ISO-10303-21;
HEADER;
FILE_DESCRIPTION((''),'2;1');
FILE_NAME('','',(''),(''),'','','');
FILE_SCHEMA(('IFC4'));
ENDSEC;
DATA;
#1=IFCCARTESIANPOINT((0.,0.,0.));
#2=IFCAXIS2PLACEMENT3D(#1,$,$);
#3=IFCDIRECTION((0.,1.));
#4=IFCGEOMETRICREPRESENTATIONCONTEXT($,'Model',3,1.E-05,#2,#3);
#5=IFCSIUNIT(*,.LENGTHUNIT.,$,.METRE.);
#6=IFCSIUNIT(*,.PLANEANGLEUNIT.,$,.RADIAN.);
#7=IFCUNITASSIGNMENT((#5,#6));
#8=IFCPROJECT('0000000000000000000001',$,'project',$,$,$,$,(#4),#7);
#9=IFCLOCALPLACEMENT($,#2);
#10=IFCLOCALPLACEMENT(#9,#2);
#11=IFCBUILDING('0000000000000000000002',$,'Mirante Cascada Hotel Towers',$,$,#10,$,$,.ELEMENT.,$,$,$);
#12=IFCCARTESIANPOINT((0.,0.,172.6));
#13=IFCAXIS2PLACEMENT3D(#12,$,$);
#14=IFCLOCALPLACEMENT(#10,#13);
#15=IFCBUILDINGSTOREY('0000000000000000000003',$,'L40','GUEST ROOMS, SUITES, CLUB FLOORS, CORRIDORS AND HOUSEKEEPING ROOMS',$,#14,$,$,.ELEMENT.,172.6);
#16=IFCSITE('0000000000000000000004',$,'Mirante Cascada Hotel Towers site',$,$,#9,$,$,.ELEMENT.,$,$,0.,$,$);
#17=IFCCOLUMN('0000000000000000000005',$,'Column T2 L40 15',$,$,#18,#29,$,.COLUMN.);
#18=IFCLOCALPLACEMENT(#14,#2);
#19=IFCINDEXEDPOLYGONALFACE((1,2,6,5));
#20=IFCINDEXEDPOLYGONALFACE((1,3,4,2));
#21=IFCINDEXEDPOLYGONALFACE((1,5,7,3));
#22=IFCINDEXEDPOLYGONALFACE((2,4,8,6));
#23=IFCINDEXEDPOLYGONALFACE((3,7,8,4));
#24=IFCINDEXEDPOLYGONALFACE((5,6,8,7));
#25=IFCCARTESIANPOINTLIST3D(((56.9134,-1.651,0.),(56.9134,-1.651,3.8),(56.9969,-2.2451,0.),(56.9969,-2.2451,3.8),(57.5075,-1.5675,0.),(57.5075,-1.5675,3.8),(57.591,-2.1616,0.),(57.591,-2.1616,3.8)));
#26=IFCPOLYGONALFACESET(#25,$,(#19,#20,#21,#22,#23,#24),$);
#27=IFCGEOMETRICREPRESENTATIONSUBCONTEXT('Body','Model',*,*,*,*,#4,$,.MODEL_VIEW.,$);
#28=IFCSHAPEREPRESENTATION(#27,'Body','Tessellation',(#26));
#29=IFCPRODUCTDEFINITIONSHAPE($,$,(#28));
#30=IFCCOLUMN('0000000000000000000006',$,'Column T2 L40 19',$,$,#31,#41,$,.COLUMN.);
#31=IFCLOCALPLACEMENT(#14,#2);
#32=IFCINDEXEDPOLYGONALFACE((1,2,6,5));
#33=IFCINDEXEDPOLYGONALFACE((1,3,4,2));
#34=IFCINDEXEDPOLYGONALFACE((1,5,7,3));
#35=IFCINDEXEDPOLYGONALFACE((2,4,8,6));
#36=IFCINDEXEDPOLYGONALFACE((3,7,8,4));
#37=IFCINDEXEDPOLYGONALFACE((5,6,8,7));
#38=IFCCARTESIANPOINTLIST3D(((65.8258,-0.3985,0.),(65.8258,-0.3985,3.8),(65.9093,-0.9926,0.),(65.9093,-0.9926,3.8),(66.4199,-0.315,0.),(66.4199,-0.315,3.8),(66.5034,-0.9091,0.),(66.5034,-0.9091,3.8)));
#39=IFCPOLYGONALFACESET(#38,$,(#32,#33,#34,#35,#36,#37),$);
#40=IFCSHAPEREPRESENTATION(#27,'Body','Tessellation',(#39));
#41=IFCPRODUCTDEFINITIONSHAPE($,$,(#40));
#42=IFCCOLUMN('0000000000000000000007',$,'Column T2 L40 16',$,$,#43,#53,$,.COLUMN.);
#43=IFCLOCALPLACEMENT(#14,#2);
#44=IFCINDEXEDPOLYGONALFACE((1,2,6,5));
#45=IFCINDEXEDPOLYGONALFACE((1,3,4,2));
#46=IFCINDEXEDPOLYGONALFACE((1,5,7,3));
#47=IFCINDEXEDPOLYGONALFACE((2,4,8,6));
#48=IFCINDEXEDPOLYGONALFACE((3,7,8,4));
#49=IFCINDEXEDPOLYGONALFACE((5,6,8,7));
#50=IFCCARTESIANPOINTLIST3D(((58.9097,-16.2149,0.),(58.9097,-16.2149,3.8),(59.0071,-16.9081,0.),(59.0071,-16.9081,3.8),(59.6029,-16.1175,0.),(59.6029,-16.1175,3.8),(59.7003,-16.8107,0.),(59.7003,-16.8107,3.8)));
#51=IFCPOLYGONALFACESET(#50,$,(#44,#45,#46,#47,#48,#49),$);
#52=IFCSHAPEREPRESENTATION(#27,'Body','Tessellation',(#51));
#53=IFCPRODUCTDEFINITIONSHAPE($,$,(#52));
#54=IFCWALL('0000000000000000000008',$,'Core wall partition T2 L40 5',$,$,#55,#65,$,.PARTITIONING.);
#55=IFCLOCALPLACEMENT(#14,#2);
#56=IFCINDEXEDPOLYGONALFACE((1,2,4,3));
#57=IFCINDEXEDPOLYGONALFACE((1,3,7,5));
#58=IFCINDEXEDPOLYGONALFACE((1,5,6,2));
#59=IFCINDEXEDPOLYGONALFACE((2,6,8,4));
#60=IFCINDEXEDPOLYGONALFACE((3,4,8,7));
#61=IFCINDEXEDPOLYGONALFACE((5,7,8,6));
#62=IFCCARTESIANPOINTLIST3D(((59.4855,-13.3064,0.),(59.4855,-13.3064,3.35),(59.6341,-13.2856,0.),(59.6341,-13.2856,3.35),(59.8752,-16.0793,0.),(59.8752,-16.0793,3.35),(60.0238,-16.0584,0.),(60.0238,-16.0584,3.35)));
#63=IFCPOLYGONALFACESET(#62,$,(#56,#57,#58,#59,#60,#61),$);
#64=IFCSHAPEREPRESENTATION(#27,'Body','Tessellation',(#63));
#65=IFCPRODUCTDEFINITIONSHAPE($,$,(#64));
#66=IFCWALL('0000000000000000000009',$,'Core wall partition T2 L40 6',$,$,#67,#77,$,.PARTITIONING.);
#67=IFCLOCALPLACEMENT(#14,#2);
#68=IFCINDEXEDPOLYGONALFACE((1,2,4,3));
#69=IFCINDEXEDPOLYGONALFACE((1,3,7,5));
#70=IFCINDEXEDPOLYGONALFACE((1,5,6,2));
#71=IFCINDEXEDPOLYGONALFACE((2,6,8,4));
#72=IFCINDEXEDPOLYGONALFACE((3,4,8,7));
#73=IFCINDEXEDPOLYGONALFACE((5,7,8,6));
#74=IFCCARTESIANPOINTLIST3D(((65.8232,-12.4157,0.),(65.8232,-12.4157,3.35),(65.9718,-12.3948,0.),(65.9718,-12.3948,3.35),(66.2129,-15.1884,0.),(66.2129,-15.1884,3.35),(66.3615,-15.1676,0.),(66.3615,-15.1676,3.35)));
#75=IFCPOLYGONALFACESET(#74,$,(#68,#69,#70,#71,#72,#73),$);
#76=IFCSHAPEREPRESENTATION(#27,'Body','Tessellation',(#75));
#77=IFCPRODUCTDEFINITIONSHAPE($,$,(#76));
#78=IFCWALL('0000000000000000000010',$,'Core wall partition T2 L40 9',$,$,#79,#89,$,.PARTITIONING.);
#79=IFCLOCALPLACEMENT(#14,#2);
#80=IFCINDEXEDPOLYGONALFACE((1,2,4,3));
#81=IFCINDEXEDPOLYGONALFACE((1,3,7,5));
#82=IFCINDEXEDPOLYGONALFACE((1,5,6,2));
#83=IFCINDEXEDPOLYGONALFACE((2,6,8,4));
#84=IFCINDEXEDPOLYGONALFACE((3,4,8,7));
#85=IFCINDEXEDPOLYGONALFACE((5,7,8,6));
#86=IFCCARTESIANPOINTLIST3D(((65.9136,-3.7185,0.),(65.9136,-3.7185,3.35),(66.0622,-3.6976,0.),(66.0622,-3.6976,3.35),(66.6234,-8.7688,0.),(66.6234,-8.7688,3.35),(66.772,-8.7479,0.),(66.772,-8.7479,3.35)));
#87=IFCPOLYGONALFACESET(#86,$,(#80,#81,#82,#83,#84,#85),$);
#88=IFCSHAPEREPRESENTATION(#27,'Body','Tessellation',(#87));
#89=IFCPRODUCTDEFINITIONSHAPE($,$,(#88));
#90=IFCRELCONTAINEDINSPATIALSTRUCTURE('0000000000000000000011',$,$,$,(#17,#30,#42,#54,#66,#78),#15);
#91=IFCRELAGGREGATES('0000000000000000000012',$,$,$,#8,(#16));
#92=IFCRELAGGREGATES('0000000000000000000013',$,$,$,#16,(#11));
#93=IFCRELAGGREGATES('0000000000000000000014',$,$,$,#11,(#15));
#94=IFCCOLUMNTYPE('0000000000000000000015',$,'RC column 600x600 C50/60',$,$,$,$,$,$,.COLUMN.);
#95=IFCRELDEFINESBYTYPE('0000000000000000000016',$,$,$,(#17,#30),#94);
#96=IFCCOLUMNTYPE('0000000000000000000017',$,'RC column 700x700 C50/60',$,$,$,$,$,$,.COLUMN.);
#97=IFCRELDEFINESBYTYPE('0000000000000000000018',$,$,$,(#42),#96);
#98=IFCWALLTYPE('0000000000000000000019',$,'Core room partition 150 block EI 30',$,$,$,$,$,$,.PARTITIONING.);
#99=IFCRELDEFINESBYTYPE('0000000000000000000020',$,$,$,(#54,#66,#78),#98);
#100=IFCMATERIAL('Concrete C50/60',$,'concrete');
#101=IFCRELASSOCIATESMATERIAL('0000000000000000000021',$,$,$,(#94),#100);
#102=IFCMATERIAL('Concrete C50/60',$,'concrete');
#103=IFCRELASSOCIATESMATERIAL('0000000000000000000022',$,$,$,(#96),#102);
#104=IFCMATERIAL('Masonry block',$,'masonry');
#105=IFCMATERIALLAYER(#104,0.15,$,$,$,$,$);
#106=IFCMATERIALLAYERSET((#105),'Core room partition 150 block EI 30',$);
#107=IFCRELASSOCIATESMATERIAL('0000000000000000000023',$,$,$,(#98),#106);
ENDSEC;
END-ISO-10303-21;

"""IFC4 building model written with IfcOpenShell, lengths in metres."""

from ifc_helpers import new_model, si_unit, direction, frame, frame_2d, origin, origin_2d, place, context, subcontext, project, spatial, rectangle, extrude, material, layer, layer_set, material_profile, profile_set, type_object, element, save


model = new_model("IFC4")

# Units and contexts
model_context = context("Model", 3, precision=1e-05, world=origin(), true_north=direction((0.0, 1.0)))
body_context = subcontext(model_context, "Body", "Model", "MODEL_VIEW")
ifc_project = project(units=[si_unit("LENGTHUNIT", "METRE"), si_unit("PLANEANGLEUNIT", "RADIAN")], contexts=[model_context])

# Site, building, storey
site_placement = place(None, origin())
site = spatial("IfcSite", under=ifc_project, at=site_placement, Name="Mirante Cascada Hotel Towers site", CompositionType="ELEMENT", RefElevation=0.0)
building_placement = place(site_placement, origin())
building = spatial("IfcBuilding", under=site, at=building_placement, Name="Mirante Cascada Hotel Towers", CompositionType="ELEMENT")
storey_placement = place(building_placement, frame((0.0, 0.0, 172.6)))
storey = spatial("IfcBuildingStorey", under=building, at=storey_placement, Name="L40", Description="GUEST ROOMS, SUITES, CLUB FLOORS, CORRIDORS AND HOUSEKEEPING ROOMS", CompositionType="ELEMENT", Elevation=172.6)

# Columns
ifc_material_1 = material(Name="Concrete C50/60", Category="concrete")
ifc_material_profile_1 = material_profile(ifc_material_1, rectangle(XDim=0.6, YDim=0.6, at=origin_2d()), Name="RC column 600x600 C50/60")
ifc_profile_set_1 = profile_set([ifc_material_profile_1], Name="Concrete C50/60")
column_type_1 = type_object("IfcColumnType", Name="RC column 600x600 C50/60", PredefinedType="COLUMN", material=ifc_profile_set_1)
for number, where, z_axis, x_axis, name in (
    (1, (57.2522, -1.9063, 0.0), (0.0, 0.0, 1.0), (0.990268, 0.139173, 0.0), "Column T2 L40 15"),
    (2, (66.1646, -0.6538, 0.0), (0.0, 0.0, 1.0), (0.990268, 0.139173, 0.0), "Column T2 L40 19"),
):
    element("IfcColumn", number, at=place(storey_placement, frame(where, z_axis=z_axis, x_axis=x_axis)), inside=storey, type_object=column_type_1, Name=name, PredefinedType="COLUMN", context=body_context, shape_type="SweptSolid", body=[
        extrude(rectangle(XDim=0.6, YDim=0.6, at=origin_2d()), origin(), (0.0, 0.0, 1.0), 3.8),
    ])
ifc_material_2 = material(Name="Concrete C50/60", Category="concrete")
ifc_material_profile_2 = material_profile(ifc_material_2, rectangle(XDim=0.7, YDim=0.7, at=origin_2d()), Name="RC column 700x700 C50/60")
ifc_profile_set_2 = profile_set([ifc_material_profile_2], Name="Concrete C50/60")
column_type_2 = type_object("IfcColumnType", Name="RC column 700x700 C50/60", PredefinedType="COLUMN", material=ifc_profile_set_2)
column_placement = place(storey_placement, frame((59.305, -16.5128, 0.0), z_axis=(0.0, 0.0, 1.0), x_axis=(0.990268, 0.139173, 0.0)))
element("IfcColumn", 3, at=column_placement, inside=storey, type_object=column_type_2, Name="Column T2 L40 16", PredefinedType="COLUMN", context=body_context, shape_type="SweptSolid", body=[
    extrude(rectangle(XDim=0.7, YDim=0.7, at=origin_2d()), origin(), (0.0, 0.0, 1.0), 3.8),
])

# Walls
ifc_material_3 = material(Name="Masonry block", Category="masonry")
ifc_layer_1 = layer(ifc_material_3, 0.15)
ifc_layer_set_1 = layer_set([ifc_layer_1], Name="Core room partition 150 block EI 30")
wall_type_1 = type_object("IfcWallType", Name="Core room partition 150 block EI 30", PredefinedType="PARTITIONING", material=ifc_layer_set_1)
wall_1_placement = place(storey_placement, frame((59.9495, -16.0688, 0.0), z_axis=(0.0, 0.0, 1.0), x_axis=(-0.139176, 0.990268, 0.0)))
element("IfcWall", 4, at=wall_1_placement, inside=storey, type_object=wall_type_1, Name="Core wall partition T2 L40 5", PredefinedType="PARTITIONING", context=body_context, shape_type="SweptSolid", body=[
    extrude(rectangle(XDim=2.8001, YDim=0.15, at=frame_2d((1.4, 0.0))), origin(), (0.0, 0.0, 1.0), 3.35),
])
wall_2_placement = place(storey_placement, frame((66.2872, -15.178, 0.0), z_axis=(0.0, 0.0, 1.0), x_axis=(-0.139181, 0.990267, 0.0)))
element("IfcWall", 5, at=wall_2_placement, inside=storey, type_object=wall_type_1, Name="Core wall partition T2 L40 6", PredefinedType="PARTITIONING", context=body_context, shape_type="SweptSolid", body=[
    extrude(rectangle(XDim=2.8, YDim=0.15, at=frame_2d((1.4, 0.0))), origin(), (0.0, 0.0, 1.0), 3.35),
])
wall_3_placement = place(storey_placement, frame((66.6977, -8.7584, 0.0), z_axis=(0.0, 0.0, 1.0), x_axis=(-0.139178, 0.990267, 0.0)))
element("IfcWall", 6, at=wall_3_placement, inside=storey, type_object=wall_type_1, Name="Core wall partition T2 L40 9", PredefinedType="PARTITIONING", context=body_context, shape_type="SweptSolid", body=[
    extrude(rectangle(XDim=5.0999, YDim=0.15, at=frame_2d((2.55, 0.0))), origin(), (0.0, 0.0, 1.0), 3.35),
])

save(model, "model.ifc")
